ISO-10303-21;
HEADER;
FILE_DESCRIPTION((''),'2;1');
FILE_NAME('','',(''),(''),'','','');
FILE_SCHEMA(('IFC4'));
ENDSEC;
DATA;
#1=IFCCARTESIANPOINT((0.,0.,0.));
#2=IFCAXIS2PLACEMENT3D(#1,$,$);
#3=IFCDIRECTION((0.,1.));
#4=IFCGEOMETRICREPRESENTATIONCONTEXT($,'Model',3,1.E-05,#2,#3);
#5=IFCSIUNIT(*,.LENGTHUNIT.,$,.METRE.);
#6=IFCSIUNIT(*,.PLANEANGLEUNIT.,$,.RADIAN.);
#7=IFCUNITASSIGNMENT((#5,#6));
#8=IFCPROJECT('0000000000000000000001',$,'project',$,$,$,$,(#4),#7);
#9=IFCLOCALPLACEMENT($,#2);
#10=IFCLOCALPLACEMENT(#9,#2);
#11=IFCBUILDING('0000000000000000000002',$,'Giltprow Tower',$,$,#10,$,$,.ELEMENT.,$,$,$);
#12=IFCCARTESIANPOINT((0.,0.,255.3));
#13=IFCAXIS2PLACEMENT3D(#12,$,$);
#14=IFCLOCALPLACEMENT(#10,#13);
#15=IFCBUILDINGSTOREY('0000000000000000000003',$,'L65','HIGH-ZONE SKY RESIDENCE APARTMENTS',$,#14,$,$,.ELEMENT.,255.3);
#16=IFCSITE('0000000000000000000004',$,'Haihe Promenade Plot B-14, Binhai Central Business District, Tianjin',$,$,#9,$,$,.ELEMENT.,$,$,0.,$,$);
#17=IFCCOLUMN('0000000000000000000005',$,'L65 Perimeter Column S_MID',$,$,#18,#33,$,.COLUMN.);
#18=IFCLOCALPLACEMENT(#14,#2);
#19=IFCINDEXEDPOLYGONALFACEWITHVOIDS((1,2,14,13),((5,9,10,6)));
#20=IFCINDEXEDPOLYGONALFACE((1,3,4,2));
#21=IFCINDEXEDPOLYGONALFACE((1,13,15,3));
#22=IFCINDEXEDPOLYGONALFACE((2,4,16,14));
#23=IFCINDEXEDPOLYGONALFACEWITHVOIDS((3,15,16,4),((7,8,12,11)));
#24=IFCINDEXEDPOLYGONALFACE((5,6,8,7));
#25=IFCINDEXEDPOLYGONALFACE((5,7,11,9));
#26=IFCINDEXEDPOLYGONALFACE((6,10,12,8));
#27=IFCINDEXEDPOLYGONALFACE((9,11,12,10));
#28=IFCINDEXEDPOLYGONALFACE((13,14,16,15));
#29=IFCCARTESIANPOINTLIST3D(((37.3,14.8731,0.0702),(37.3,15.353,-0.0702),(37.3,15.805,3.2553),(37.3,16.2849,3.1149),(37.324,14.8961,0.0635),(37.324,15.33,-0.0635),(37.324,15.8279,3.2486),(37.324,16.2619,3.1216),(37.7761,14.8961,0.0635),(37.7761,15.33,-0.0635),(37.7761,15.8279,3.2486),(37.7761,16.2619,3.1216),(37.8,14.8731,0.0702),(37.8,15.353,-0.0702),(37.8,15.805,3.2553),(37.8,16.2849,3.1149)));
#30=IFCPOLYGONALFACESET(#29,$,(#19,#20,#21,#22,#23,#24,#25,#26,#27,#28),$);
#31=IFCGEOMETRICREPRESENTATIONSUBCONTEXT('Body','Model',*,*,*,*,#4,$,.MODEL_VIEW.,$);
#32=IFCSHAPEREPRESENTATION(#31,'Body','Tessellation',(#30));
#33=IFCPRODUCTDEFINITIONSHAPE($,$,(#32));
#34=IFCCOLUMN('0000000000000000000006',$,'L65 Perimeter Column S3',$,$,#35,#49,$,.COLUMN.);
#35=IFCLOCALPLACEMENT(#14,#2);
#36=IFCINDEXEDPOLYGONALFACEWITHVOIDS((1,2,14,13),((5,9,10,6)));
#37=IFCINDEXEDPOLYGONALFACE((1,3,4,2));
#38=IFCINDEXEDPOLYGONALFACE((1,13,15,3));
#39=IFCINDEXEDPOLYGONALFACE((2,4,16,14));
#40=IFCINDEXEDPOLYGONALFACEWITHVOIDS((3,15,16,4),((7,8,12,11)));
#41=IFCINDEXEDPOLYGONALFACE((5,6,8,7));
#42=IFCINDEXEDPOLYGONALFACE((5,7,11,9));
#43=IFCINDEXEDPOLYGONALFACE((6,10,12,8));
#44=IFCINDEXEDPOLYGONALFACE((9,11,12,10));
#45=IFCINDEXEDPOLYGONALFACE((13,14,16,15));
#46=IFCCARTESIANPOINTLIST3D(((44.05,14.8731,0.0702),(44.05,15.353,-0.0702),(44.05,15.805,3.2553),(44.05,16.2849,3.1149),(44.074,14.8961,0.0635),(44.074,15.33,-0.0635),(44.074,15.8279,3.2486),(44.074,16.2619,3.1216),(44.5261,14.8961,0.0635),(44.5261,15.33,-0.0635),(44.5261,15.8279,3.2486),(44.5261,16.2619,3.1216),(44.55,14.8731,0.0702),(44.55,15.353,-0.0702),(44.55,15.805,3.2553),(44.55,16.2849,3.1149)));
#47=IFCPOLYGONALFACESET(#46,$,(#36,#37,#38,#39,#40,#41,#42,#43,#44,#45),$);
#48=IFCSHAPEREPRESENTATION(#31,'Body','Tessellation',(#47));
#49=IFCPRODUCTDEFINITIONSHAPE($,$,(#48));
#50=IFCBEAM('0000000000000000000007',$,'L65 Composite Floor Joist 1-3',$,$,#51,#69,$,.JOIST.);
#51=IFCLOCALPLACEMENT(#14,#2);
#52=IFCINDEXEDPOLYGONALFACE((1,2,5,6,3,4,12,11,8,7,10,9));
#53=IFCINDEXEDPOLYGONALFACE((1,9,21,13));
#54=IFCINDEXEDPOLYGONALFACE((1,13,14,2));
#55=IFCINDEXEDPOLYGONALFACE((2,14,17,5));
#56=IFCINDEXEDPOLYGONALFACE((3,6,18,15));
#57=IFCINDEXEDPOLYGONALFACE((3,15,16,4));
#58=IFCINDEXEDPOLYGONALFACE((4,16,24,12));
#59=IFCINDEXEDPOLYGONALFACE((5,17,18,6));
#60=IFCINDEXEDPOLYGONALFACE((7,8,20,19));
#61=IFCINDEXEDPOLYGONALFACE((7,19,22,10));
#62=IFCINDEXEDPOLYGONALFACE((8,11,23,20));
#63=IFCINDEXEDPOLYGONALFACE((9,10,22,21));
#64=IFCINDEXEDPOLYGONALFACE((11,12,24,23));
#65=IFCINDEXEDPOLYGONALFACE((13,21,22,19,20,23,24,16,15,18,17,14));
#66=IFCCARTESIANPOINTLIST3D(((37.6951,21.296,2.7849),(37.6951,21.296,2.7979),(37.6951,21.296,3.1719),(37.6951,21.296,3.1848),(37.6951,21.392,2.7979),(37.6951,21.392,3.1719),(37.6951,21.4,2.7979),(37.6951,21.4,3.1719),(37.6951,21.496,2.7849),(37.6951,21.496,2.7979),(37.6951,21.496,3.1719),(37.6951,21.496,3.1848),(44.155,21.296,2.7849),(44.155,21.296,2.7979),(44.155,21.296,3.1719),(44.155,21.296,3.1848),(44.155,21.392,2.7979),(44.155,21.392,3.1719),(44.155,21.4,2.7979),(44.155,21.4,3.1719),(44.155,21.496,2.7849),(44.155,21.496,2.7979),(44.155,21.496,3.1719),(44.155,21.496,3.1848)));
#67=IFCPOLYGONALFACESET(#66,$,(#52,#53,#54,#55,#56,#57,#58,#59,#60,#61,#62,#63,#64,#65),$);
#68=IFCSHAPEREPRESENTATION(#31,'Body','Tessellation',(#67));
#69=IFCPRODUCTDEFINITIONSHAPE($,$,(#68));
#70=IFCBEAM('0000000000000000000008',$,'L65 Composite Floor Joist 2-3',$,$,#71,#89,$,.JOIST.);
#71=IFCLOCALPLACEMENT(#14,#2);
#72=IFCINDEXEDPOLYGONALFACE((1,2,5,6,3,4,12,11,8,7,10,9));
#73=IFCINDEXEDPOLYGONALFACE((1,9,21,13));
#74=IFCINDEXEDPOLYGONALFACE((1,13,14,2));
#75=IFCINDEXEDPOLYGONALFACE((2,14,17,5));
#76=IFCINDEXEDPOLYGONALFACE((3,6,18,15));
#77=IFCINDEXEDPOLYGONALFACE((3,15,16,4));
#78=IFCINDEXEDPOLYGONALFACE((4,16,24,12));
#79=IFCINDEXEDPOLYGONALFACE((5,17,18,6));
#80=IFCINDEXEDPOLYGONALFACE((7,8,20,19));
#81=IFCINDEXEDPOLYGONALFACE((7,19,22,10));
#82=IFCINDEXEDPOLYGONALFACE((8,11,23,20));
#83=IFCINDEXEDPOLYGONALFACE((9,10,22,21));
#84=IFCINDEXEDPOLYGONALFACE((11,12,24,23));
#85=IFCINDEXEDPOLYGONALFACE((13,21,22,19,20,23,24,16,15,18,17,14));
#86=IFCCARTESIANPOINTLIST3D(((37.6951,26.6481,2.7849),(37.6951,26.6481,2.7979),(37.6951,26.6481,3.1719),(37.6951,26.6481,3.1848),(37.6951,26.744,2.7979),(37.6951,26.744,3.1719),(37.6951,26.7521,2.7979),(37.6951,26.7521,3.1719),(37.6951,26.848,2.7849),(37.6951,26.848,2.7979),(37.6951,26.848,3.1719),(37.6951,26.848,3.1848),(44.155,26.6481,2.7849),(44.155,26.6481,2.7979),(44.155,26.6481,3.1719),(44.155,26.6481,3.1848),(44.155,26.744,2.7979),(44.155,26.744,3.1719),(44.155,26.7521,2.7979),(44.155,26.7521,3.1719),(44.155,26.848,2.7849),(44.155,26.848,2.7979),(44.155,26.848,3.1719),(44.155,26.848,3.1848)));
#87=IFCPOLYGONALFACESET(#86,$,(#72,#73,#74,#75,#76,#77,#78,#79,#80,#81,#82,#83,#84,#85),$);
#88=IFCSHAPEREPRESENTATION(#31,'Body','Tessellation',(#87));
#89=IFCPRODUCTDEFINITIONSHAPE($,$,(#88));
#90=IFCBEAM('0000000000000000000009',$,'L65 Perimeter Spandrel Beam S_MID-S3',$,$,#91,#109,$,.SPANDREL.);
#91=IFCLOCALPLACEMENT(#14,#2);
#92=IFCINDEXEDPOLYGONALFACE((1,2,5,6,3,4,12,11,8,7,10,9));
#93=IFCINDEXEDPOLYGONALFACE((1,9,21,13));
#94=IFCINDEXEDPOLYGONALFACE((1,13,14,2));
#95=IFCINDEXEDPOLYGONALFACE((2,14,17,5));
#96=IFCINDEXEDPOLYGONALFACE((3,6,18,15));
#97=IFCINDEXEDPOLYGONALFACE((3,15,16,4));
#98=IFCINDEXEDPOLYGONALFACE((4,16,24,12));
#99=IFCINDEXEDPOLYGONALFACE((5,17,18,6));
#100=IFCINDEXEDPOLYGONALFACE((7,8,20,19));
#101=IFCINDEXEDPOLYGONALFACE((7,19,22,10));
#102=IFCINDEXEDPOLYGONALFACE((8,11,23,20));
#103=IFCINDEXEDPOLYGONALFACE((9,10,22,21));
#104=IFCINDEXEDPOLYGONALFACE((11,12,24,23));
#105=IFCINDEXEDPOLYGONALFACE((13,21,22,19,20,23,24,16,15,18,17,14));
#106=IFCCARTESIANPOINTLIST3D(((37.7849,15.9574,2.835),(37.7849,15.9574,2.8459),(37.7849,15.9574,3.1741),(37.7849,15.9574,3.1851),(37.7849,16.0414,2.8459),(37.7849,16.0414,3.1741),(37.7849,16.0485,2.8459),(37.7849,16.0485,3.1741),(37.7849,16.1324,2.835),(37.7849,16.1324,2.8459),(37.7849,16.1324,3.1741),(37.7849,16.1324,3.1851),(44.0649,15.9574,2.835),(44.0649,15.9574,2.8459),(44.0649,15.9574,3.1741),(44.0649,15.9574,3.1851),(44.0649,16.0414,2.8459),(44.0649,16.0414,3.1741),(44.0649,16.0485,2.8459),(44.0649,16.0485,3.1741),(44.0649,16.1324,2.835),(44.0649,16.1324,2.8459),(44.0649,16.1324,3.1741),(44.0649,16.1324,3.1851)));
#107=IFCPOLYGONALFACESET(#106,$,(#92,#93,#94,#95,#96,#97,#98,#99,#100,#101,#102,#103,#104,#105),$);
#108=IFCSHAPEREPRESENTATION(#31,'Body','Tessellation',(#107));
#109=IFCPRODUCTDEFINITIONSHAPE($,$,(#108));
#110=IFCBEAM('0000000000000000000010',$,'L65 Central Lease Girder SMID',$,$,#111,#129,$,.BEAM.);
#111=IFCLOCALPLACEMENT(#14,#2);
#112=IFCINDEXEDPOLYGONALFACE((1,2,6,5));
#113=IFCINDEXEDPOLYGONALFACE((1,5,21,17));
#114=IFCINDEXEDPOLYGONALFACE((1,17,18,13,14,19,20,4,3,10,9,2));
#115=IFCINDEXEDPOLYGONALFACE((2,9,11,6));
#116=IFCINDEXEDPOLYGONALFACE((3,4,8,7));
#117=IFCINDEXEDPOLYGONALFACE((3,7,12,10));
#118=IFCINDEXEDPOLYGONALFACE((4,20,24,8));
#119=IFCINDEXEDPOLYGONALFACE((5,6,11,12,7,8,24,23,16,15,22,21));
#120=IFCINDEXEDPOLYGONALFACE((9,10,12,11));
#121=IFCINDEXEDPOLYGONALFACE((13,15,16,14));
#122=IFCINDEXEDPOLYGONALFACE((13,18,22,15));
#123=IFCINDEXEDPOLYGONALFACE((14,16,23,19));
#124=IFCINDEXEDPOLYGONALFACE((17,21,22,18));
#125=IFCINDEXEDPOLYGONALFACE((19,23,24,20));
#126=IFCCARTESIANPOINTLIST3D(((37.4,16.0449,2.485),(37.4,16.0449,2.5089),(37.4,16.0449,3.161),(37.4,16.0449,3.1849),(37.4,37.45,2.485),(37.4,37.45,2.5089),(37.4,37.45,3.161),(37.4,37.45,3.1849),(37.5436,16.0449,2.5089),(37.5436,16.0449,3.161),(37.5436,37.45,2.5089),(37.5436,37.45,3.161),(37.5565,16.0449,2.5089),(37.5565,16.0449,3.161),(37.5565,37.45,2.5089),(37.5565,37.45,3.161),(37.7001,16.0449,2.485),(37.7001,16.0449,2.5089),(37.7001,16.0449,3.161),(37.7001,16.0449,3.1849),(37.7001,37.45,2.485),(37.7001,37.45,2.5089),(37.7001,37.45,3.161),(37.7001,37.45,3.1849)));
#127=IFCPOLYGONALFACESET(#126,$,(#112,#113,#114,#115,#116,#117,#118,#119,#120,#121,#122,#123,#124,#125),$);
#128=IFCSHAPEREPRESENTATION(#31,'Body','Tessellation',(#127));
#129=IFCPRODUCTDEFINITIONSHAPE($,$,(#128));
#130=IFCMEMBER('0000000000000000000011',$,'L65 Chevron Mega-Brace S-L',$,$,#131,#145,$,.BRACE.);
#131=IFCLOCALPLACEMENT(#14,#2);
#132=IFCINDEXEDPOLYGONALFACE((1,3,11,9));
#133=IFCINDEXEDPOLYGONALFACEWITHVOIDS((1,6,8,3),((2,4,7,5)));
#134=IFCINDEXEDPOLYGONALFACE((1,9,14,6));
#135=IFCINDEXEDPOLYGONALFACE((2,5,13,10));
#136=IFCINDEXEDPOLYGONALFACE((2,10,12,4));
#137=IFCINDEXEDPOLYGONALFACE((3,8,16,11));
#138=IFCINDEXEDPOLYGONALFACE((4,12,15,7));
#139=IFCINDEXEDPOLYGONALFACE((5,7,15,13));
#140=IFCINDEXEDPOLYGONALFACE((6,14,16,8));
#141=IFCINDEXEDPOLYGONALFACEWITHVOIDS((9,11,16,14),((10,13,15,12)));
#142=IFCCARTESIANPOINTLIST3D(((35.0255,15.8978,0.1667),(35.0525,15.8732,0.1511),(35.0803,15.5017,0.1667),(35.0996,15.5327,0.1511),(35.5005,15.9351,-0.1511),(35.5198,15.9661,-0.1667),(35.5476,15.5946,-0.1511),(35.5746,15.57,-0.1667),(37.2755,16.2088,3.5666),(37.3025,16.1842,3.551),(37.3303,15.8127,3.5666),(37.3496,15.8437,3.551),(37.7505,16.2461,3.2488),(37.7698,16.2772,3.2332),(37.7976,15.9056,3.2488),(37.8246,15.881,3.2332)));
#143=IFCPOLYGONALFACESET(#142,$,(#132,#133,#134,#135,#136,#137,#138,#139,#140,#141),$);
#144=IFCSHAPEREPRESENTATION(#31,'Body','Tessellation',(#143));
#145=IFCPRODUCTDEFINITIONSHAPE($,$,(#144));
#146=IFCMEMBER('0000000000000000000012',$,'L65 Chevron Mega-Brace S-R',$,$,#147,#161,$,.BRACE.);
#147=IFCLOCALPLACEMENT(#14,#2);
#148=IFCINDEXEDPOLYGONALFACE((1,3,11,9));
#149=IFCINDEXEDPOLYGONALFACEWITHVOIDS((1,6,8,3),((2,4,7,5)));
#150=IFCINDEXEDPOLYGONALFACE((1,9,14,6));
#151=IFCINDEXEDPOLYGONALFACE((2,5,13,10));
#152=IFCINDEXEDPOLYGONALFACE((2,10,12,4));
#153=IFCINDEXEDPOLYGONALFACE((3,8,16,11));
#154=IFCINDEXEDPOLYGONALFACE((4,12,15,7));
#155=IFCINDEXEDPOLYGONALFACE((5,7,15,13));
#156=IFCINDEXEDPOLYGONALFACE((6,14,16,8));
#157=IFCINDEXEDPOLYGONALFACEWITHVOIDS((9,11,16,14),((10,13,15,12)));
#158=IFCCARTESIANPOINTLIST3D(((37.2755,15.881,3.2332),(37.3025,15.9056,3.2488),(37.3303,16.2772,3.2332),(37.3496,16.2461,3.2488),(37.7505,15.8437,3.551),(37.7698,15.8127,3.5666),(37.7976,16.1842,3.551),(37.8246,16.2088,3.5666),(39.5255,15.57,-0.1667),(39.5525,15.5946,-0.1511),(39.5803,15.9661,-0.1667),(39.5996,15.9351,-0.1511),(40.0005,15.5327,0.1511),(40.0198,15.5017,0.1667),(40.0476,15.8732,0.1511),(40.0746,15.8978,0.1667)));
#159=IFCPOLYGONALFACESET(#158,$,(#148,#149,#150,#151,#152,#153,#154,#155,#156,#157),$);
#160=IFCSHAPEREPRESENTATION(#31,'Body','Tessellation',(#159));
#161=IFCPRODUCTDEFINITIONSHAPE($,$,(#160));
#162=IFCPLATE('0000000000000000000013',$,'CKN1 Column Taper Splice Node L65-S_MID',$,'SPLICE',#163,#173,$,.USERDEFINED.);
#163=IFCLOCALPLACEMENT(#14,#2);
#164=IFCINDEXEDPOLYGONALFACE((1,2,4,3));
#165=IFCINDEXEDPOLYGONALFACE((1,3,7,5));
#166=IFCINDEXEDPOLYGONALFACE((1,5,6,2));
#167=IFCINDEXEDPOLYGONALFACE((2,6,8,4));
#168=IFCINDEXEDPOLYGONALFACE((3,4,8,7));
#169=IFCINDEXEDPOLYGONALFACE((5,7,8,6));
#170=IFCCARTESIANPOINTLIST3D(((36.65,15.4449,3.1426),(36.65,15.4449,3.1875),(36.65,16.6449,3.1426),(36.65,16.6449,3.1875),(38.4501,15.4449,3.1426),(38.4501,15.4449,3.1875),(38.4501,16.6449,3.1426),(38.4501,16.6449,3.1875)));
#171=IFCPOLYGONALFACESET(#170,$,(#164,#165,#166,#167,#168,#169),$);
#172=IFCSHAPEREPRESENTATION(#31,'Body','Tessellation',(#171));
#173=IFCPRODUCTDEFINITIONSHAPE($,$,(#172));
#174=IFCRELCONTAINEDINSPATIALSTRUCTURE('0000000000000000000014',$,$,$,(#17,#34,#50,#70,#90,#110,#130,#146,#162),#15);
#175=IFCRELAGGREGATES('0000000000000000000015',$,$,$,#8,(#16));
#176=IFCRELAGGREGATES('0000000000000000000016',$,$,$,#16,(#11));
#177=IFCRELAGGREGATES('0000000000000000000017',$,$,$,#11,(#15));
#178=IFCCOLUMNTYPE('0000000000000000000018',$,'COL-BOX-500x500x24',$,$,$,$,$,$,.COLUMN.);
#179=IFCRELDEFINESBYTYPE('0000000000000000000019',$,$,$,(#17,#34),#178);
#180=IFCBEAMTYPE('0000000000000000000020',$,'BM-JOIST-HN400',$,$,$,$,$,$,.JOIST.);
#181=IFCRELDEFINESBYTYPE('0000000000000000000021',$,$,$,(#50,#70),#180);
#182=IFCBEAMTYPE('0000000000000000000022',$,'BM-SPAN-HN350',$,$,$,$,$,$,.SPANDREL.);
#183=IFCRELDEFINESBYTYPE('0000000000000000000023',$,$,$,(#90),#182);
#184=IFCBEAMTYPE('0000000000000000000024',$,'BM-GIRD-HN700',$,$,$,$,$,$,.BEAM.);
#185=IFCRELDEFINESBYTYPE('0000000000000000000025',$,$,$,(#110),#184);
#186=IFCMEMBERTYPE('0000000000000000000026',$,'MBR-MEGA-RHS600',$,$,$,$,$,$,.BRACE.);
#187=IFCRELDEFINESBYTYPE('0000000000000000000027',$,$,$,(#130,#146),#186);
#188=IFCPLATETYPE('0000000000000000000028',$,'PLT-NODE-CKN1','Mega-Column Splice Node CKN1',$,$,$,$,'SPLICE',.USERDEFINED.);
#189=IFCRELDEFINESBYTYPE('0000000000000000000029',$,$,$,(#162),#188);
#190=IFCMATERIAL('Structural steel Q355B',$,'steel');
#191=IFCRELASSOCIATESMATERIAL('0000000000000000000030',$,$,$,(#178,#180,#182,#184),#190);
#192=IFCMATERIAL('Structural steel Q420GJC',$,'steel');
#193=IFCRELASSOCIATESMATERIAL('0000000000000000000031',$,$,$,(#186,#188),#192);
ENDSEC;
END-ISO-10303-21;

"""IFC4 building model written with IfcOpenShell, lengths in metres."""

from ifc_helpers import new_model, si_unit, direction, frame, origin, origin_2d, place, context, subcontext, project, spatial, rectangle, hollow_rectangle, i_section, extrude, source, transform, mapped, material, material_profile, profile_set, type_object, element, save


model = new_model("IFC4")

# Units and contexts
model_context = context("Model", 3, precision=1e-05, world=origin(), true_north=direction((0.0, 1.0)))
body_context = subcontext(model_context, "Body", "Model", "MODEL_VIEW")
ifc_project = project(units=[si_unit("LENGTHUNIT", "METRE"), si_unit("PLANEANGLEUNIT", "RADIAN")], contexts=[model_context])

# Site, building, storey
site_placement = place(None, origin())
site = spatial("IfcSite", under=ifc_project, at=site_placement, Name="Haihe Promenade Plot B-14, Binhai Central Business District, Tianjin", CompositionType="ELEMENT", RefElevation=0.0)
building_placement = place(site_placement, origin())
building = spatial("IfcBuilding", under=site, at=building_placement, Name="Giltprow Tower", CompositionType="ELEMENT")
storey_placement = place(building_placement, frame((0.0, 0.0, 255.3)))
storey = spatial("IfcBuildingStorey", under=building, at=storey_placement, Name="L65", Description="HIGH-ZONE SKY RESIDENCE APARTMENTS", CompositionType="ELEMENT", Elevation=255.3)

# Columns
ifc_material_1 = material(Name="Structural steel Q355B", Category="steel")
ifc_material_profile_1 = material_profile(ifc_material_1, hollow_rectangle(XDim=0.5, YDim=0.5, WallThickness=0.0239, at=origin_2d()), Name="BOX 500x500x24")
ifc_profile_set_1 = profile_set([ifc_material_profile_1], Name="Structural steel Q355B")
column_type = type_object("IfcColumnType", Name="COL-BOX-500x500x24", PredefinedType="COLUMN", material=ifc_profile_set_1)
shared_shape_1 = source(origin(), body_context, "Body", "SweptSolid", [
    extrude(hollow_rectangle(XDim=0.5, YDim=0.5, WallThickness=0.0239, at=origin_2d()), origin(), (0.0, 0.0, 1.0), 3.3186),
])
for number, where, z_axis, x_axis, name in (
    (1, (37.55, 15.113, 0.0), (0.0, 0.280808, 0.959764), (-1.0, 0.0, 0.0), "L65 Perimeter Column S_MID"),
    (2, (44.3, 15.113, 0.0), (0.0, 0.280808, 0.959764), (-1.0, 0.0, 0.0), "L65 Perimeter Column S3"),
):
    element("IfcColumn", number, at=place(storey_placement, frame(where, z_axis=z_axis, x_axis=x_axis)), inside=storey, type_object=column_type, Name=name, PredefinedType="COLUMN", context=body_context, shape_type="MappedRepresentation", body=[
        mapped(shared_shape_1, transform((0.0, 0.0, 0.0), x_axis=(1.0, 0.0, 0.0), y_axis=(0.0, 1.0, 0.0), z_axis=(0.0, 0.0, 1.0), scale=1.0)),
    ])

# Beams
ifc_material_profile_2 = material_profile(ifc_material_1, i_section(OverallWidth=0.2, OverallDepth=0.3999, WebThickness=0.0081, FlangeThickness=0.0129, at=origin_2d()), Name="HN 400x200x8x13")
ifc_profile_set_2 = profile_set([ifc_material_profile_2], Name="Structural steel Q355B")
beam_type_1 = type_object("IfcBeamType", Name="BM-JOIST-HN400", PredefinedType="JOIST", material=ifc_profile_set_2)
shared_shape_2 = source(origin(), body_context, "Body", "SweptSolid", [
    extrude(i_section(OverallWidth=0.2, OverallDepth=0.3999, WebThickness=0.0081, FlangeThickness=0.0129, at=origin_2d()), origin(), (0.0, 0.0, 1.0), 6.46),
])
for number, where, z_axis, x_axis, name in (
    (3, (37.6951, 21.396, 2.9849), (1.0, 0.0, 0.0), (0.0, 1.0, 0.0), "L65 Composite Floor Joist 1-3"),
    (4, (37.6951, 26.748, 2.9849), (1.0, 0.0, 0.0), (0.0, 1.0, 0.0), "L65 Composite Floor Joist 2-3"),
):
    element("IfcBeam", number, at=place(storey_placement, frame(where, z_axis=z_axis, x_axis=x_axis)), inside=storey, type_object=beam_type_1, Name=name, PredefinedType="JOIST", context=body_context, shape_type="MappedRepresentation", body=[
        mapped(shared_shape_2, transform((0.0, 0.0, 0.0), x_axis=(1.0, 0.0, 0.0), y_axis=(0.0, 1.0, 0.0), z_axis=(0.0, 0.0, 1.0), scale=1.0)),
    ])
ifc_material_profile_3 = material_profile(ifc_material_1, i_section(OverallWidth=0.175, OverallDepth=0.3501, WebThickness=0.0071, FlangeThickness=0.011, at=origin_2d()), Name="HN 350x175x7x11")
ifc_profile_set_3 = profile_set([ifc_material_profile_3], Name="Structural steel Q355B")
beam_type_2 = type_object("IfcBeamType", Name="BM-SPAN-HN350", PredefinedType="SPANDREL", material=ifc_profile_set_3)
shared_shape_3 = source(origin(), body_context, "Body", "SweptSolid", [
    extrude(i_section(OverallWidth=0.175, OverallDepth=0.3501, WebThickness=0.0071, FlangeThickness=0.011, at=origin_2d()), origin(), (0.0, 0.0, 1.0), 6.28),
])
beam_1_placement = place(storey_placement, frame((37.7849, 16.0449, 3.01), z_axis=(1.0, 0.0, 0.0), x_axis=(0.0, 1.0, 0.0)))
element("IfcBeam", 5, at=beam_1_placement, inside=storey, type_object=beam_type_2, Name="L65 Perimeter Spandrel Beam S_MID-S3", PredefinedType="SPANDREL", context=body_context, shape_type="MappedRepresentation", body=[
    mapped(shared_shape_3, transform((0.0, 0.0, 0.0), x_axis=(1.0, 0.0, 0.0), y_axis=(0.0, 1.0, 0.0), z_axis=(0.0, 0.0, 1.0), scale=1.0)),
])
ifc_material_profile_4 = material_profile(ifc_material_1, i_section(OverallWidth=0.3, OverallDepth=0.7, WebThickness=0.0129, FlangeThickness=0.0239, at=origin_2d()), Name="HN 700x300x13x24")
ifc_profile_set_4 = profile_set([ifc_material_profile_4], Name="Structural steel Q355B")
beam_type_3 = type_object("IfcBeamType", Name="BM-GIRD-HN700", PredefinedType="BEAM", material=ifc_profile_set_4)
shared_shape_4 = source(origin(), body_context, "Body", "SweptSolid", [
    extrude(i_section(OverallWidth=0.3, OverallDepth=0.7, WebThickness=0.0129, FlangeThickness=0.0239, at=origin_2d()), origin(), (0.0, 0.0, 1.0), 21.405),
])
beam_2_placement = place(storey_placement, frame((37.55, 16.0449, 2.835), z_axis=(0.0, 1.0, 0.0), x_axis=(-1.0, 0.0, 0.0)))
element("IfcBeam", 6, at=beam_2_placement, inside=storey, type_object=beam_type_3, Name="L65 Central Lease Girder SMID", PredefinedType="BEAM", context=body_context, shape_type="MappedRepresentation", body=[
    mapped(shared_shape_4, transform((0.0, 0.0, 0.0), x_axis=(1.0, 0.0, 0.0), y_axis=(0.0, 1.0, 0.0), z_axis=(0.0, 0.0, 1.0), scale=1.0)),
])

# Members
ifc_material_2 = material(Name="Structural steel Q420GJC", Category="steel")
ifc_material_profile_5 = material_profile(ifc_material_2, hollow_rectangle(XDim=0.3999, YDim=0.6001, WallThickness=0.0281, at=origin_2d()), Name="RHS 600x400x28")
ifc_profile_set_5 = profile_set([ifc_material_profile_5], Name="Structural steel Q420GJC")
member_type = type_object("IfcMemberType", Name="MBR-MEGA-RHS600", PredefinedType="BRACE", material=ifc_profile_set_5)
shared_shape_5 = source(origin(), body_context, "Body", "SweptSolid", [
    extrude(hollow_rectangle(XDim=0.3999, YDim=0.6001, WallThickness=0.0281, at=origin_2d()), origin(), (0.0, 0.0, 1.0), 4.0889),
])
for number, where, z_axis, x_axis, name in (
    (7, (35.3, 15.7339, 0.0), (0.550279, 0.076069, 0.831509), (-0.136936, 0.99058, 0.0), "L65 Chevron Mega-Brace S-L"),
    (8, (39.8, 15.7339, 0.0), (-0.550279, 0.076069, 0.831509), (-0.136936, -0.99058, 0.0), "L65 Chevron Mega-Brace S-R"),
):
    element("IfcMember", number, at=place(storey_placement, frame(where, z_axis=z_axis, x_axis=x_axis)), inside=storey, type_object=member_type, Name=name, PredefinedType="BRACE", context=body_context, shape_type="MappedRepresentation", body=[
        mapped(shared_shape_5, transform((0.0, 0.0, 0.0), x_axis=(1.0, 0.0, 0.0), y_axis=(0.0, 1.0, 0.0), z_axis=(0.0, 0.0, 1.0), scale=1.0)),
    ])

# Plate
plate_type_1 = type_object("IfcPlateType", Name="PLT-NODE-CKN1", Description="Mega-Column Splice Node CKN1", ElementType="SPLICE", PredefinedType="USERDEFINED", material=ifc_material_2)
shared_shape_6 = source(origin(), body_context, "Body", "SweptSolid", [
    extrude(rectangle(XDim=1.8, YDim=1.2, at=origin_2d()), origin(), (0.0, 0.0, 1.0), 0.0449),
])
for number, where, z_axis, x_axis, name in (
    (9, (37.55, 16.0449, 3.1426), (0.0, 0.0, 1.0), (1.0, 0.0, 0.0), "CKN1 Column Taper Splice Node L65-S_MID"),
):
    element("IfcPlate", number, at=place(storey_placement, frame(where, z_axis=z_axis, x_axis=x_axis)), inside=storey, type_object=plate_type_1, Name=name, ObjectType="SPLICE", PredefinedType="USERDEFINED", context=body_context, shape_type="MappedRepresentation", body=[
        mapped(shared_shape_6, transform((0.0, 0.0, 0.0), x_axis=(1.0, 0.0, 0.0), y_axis=(0.0, 1.0, 0.0), z_axis=(0.0, 0.0, 1.0), scale=1.0)),
    ])

save(model, "model.ifc")
